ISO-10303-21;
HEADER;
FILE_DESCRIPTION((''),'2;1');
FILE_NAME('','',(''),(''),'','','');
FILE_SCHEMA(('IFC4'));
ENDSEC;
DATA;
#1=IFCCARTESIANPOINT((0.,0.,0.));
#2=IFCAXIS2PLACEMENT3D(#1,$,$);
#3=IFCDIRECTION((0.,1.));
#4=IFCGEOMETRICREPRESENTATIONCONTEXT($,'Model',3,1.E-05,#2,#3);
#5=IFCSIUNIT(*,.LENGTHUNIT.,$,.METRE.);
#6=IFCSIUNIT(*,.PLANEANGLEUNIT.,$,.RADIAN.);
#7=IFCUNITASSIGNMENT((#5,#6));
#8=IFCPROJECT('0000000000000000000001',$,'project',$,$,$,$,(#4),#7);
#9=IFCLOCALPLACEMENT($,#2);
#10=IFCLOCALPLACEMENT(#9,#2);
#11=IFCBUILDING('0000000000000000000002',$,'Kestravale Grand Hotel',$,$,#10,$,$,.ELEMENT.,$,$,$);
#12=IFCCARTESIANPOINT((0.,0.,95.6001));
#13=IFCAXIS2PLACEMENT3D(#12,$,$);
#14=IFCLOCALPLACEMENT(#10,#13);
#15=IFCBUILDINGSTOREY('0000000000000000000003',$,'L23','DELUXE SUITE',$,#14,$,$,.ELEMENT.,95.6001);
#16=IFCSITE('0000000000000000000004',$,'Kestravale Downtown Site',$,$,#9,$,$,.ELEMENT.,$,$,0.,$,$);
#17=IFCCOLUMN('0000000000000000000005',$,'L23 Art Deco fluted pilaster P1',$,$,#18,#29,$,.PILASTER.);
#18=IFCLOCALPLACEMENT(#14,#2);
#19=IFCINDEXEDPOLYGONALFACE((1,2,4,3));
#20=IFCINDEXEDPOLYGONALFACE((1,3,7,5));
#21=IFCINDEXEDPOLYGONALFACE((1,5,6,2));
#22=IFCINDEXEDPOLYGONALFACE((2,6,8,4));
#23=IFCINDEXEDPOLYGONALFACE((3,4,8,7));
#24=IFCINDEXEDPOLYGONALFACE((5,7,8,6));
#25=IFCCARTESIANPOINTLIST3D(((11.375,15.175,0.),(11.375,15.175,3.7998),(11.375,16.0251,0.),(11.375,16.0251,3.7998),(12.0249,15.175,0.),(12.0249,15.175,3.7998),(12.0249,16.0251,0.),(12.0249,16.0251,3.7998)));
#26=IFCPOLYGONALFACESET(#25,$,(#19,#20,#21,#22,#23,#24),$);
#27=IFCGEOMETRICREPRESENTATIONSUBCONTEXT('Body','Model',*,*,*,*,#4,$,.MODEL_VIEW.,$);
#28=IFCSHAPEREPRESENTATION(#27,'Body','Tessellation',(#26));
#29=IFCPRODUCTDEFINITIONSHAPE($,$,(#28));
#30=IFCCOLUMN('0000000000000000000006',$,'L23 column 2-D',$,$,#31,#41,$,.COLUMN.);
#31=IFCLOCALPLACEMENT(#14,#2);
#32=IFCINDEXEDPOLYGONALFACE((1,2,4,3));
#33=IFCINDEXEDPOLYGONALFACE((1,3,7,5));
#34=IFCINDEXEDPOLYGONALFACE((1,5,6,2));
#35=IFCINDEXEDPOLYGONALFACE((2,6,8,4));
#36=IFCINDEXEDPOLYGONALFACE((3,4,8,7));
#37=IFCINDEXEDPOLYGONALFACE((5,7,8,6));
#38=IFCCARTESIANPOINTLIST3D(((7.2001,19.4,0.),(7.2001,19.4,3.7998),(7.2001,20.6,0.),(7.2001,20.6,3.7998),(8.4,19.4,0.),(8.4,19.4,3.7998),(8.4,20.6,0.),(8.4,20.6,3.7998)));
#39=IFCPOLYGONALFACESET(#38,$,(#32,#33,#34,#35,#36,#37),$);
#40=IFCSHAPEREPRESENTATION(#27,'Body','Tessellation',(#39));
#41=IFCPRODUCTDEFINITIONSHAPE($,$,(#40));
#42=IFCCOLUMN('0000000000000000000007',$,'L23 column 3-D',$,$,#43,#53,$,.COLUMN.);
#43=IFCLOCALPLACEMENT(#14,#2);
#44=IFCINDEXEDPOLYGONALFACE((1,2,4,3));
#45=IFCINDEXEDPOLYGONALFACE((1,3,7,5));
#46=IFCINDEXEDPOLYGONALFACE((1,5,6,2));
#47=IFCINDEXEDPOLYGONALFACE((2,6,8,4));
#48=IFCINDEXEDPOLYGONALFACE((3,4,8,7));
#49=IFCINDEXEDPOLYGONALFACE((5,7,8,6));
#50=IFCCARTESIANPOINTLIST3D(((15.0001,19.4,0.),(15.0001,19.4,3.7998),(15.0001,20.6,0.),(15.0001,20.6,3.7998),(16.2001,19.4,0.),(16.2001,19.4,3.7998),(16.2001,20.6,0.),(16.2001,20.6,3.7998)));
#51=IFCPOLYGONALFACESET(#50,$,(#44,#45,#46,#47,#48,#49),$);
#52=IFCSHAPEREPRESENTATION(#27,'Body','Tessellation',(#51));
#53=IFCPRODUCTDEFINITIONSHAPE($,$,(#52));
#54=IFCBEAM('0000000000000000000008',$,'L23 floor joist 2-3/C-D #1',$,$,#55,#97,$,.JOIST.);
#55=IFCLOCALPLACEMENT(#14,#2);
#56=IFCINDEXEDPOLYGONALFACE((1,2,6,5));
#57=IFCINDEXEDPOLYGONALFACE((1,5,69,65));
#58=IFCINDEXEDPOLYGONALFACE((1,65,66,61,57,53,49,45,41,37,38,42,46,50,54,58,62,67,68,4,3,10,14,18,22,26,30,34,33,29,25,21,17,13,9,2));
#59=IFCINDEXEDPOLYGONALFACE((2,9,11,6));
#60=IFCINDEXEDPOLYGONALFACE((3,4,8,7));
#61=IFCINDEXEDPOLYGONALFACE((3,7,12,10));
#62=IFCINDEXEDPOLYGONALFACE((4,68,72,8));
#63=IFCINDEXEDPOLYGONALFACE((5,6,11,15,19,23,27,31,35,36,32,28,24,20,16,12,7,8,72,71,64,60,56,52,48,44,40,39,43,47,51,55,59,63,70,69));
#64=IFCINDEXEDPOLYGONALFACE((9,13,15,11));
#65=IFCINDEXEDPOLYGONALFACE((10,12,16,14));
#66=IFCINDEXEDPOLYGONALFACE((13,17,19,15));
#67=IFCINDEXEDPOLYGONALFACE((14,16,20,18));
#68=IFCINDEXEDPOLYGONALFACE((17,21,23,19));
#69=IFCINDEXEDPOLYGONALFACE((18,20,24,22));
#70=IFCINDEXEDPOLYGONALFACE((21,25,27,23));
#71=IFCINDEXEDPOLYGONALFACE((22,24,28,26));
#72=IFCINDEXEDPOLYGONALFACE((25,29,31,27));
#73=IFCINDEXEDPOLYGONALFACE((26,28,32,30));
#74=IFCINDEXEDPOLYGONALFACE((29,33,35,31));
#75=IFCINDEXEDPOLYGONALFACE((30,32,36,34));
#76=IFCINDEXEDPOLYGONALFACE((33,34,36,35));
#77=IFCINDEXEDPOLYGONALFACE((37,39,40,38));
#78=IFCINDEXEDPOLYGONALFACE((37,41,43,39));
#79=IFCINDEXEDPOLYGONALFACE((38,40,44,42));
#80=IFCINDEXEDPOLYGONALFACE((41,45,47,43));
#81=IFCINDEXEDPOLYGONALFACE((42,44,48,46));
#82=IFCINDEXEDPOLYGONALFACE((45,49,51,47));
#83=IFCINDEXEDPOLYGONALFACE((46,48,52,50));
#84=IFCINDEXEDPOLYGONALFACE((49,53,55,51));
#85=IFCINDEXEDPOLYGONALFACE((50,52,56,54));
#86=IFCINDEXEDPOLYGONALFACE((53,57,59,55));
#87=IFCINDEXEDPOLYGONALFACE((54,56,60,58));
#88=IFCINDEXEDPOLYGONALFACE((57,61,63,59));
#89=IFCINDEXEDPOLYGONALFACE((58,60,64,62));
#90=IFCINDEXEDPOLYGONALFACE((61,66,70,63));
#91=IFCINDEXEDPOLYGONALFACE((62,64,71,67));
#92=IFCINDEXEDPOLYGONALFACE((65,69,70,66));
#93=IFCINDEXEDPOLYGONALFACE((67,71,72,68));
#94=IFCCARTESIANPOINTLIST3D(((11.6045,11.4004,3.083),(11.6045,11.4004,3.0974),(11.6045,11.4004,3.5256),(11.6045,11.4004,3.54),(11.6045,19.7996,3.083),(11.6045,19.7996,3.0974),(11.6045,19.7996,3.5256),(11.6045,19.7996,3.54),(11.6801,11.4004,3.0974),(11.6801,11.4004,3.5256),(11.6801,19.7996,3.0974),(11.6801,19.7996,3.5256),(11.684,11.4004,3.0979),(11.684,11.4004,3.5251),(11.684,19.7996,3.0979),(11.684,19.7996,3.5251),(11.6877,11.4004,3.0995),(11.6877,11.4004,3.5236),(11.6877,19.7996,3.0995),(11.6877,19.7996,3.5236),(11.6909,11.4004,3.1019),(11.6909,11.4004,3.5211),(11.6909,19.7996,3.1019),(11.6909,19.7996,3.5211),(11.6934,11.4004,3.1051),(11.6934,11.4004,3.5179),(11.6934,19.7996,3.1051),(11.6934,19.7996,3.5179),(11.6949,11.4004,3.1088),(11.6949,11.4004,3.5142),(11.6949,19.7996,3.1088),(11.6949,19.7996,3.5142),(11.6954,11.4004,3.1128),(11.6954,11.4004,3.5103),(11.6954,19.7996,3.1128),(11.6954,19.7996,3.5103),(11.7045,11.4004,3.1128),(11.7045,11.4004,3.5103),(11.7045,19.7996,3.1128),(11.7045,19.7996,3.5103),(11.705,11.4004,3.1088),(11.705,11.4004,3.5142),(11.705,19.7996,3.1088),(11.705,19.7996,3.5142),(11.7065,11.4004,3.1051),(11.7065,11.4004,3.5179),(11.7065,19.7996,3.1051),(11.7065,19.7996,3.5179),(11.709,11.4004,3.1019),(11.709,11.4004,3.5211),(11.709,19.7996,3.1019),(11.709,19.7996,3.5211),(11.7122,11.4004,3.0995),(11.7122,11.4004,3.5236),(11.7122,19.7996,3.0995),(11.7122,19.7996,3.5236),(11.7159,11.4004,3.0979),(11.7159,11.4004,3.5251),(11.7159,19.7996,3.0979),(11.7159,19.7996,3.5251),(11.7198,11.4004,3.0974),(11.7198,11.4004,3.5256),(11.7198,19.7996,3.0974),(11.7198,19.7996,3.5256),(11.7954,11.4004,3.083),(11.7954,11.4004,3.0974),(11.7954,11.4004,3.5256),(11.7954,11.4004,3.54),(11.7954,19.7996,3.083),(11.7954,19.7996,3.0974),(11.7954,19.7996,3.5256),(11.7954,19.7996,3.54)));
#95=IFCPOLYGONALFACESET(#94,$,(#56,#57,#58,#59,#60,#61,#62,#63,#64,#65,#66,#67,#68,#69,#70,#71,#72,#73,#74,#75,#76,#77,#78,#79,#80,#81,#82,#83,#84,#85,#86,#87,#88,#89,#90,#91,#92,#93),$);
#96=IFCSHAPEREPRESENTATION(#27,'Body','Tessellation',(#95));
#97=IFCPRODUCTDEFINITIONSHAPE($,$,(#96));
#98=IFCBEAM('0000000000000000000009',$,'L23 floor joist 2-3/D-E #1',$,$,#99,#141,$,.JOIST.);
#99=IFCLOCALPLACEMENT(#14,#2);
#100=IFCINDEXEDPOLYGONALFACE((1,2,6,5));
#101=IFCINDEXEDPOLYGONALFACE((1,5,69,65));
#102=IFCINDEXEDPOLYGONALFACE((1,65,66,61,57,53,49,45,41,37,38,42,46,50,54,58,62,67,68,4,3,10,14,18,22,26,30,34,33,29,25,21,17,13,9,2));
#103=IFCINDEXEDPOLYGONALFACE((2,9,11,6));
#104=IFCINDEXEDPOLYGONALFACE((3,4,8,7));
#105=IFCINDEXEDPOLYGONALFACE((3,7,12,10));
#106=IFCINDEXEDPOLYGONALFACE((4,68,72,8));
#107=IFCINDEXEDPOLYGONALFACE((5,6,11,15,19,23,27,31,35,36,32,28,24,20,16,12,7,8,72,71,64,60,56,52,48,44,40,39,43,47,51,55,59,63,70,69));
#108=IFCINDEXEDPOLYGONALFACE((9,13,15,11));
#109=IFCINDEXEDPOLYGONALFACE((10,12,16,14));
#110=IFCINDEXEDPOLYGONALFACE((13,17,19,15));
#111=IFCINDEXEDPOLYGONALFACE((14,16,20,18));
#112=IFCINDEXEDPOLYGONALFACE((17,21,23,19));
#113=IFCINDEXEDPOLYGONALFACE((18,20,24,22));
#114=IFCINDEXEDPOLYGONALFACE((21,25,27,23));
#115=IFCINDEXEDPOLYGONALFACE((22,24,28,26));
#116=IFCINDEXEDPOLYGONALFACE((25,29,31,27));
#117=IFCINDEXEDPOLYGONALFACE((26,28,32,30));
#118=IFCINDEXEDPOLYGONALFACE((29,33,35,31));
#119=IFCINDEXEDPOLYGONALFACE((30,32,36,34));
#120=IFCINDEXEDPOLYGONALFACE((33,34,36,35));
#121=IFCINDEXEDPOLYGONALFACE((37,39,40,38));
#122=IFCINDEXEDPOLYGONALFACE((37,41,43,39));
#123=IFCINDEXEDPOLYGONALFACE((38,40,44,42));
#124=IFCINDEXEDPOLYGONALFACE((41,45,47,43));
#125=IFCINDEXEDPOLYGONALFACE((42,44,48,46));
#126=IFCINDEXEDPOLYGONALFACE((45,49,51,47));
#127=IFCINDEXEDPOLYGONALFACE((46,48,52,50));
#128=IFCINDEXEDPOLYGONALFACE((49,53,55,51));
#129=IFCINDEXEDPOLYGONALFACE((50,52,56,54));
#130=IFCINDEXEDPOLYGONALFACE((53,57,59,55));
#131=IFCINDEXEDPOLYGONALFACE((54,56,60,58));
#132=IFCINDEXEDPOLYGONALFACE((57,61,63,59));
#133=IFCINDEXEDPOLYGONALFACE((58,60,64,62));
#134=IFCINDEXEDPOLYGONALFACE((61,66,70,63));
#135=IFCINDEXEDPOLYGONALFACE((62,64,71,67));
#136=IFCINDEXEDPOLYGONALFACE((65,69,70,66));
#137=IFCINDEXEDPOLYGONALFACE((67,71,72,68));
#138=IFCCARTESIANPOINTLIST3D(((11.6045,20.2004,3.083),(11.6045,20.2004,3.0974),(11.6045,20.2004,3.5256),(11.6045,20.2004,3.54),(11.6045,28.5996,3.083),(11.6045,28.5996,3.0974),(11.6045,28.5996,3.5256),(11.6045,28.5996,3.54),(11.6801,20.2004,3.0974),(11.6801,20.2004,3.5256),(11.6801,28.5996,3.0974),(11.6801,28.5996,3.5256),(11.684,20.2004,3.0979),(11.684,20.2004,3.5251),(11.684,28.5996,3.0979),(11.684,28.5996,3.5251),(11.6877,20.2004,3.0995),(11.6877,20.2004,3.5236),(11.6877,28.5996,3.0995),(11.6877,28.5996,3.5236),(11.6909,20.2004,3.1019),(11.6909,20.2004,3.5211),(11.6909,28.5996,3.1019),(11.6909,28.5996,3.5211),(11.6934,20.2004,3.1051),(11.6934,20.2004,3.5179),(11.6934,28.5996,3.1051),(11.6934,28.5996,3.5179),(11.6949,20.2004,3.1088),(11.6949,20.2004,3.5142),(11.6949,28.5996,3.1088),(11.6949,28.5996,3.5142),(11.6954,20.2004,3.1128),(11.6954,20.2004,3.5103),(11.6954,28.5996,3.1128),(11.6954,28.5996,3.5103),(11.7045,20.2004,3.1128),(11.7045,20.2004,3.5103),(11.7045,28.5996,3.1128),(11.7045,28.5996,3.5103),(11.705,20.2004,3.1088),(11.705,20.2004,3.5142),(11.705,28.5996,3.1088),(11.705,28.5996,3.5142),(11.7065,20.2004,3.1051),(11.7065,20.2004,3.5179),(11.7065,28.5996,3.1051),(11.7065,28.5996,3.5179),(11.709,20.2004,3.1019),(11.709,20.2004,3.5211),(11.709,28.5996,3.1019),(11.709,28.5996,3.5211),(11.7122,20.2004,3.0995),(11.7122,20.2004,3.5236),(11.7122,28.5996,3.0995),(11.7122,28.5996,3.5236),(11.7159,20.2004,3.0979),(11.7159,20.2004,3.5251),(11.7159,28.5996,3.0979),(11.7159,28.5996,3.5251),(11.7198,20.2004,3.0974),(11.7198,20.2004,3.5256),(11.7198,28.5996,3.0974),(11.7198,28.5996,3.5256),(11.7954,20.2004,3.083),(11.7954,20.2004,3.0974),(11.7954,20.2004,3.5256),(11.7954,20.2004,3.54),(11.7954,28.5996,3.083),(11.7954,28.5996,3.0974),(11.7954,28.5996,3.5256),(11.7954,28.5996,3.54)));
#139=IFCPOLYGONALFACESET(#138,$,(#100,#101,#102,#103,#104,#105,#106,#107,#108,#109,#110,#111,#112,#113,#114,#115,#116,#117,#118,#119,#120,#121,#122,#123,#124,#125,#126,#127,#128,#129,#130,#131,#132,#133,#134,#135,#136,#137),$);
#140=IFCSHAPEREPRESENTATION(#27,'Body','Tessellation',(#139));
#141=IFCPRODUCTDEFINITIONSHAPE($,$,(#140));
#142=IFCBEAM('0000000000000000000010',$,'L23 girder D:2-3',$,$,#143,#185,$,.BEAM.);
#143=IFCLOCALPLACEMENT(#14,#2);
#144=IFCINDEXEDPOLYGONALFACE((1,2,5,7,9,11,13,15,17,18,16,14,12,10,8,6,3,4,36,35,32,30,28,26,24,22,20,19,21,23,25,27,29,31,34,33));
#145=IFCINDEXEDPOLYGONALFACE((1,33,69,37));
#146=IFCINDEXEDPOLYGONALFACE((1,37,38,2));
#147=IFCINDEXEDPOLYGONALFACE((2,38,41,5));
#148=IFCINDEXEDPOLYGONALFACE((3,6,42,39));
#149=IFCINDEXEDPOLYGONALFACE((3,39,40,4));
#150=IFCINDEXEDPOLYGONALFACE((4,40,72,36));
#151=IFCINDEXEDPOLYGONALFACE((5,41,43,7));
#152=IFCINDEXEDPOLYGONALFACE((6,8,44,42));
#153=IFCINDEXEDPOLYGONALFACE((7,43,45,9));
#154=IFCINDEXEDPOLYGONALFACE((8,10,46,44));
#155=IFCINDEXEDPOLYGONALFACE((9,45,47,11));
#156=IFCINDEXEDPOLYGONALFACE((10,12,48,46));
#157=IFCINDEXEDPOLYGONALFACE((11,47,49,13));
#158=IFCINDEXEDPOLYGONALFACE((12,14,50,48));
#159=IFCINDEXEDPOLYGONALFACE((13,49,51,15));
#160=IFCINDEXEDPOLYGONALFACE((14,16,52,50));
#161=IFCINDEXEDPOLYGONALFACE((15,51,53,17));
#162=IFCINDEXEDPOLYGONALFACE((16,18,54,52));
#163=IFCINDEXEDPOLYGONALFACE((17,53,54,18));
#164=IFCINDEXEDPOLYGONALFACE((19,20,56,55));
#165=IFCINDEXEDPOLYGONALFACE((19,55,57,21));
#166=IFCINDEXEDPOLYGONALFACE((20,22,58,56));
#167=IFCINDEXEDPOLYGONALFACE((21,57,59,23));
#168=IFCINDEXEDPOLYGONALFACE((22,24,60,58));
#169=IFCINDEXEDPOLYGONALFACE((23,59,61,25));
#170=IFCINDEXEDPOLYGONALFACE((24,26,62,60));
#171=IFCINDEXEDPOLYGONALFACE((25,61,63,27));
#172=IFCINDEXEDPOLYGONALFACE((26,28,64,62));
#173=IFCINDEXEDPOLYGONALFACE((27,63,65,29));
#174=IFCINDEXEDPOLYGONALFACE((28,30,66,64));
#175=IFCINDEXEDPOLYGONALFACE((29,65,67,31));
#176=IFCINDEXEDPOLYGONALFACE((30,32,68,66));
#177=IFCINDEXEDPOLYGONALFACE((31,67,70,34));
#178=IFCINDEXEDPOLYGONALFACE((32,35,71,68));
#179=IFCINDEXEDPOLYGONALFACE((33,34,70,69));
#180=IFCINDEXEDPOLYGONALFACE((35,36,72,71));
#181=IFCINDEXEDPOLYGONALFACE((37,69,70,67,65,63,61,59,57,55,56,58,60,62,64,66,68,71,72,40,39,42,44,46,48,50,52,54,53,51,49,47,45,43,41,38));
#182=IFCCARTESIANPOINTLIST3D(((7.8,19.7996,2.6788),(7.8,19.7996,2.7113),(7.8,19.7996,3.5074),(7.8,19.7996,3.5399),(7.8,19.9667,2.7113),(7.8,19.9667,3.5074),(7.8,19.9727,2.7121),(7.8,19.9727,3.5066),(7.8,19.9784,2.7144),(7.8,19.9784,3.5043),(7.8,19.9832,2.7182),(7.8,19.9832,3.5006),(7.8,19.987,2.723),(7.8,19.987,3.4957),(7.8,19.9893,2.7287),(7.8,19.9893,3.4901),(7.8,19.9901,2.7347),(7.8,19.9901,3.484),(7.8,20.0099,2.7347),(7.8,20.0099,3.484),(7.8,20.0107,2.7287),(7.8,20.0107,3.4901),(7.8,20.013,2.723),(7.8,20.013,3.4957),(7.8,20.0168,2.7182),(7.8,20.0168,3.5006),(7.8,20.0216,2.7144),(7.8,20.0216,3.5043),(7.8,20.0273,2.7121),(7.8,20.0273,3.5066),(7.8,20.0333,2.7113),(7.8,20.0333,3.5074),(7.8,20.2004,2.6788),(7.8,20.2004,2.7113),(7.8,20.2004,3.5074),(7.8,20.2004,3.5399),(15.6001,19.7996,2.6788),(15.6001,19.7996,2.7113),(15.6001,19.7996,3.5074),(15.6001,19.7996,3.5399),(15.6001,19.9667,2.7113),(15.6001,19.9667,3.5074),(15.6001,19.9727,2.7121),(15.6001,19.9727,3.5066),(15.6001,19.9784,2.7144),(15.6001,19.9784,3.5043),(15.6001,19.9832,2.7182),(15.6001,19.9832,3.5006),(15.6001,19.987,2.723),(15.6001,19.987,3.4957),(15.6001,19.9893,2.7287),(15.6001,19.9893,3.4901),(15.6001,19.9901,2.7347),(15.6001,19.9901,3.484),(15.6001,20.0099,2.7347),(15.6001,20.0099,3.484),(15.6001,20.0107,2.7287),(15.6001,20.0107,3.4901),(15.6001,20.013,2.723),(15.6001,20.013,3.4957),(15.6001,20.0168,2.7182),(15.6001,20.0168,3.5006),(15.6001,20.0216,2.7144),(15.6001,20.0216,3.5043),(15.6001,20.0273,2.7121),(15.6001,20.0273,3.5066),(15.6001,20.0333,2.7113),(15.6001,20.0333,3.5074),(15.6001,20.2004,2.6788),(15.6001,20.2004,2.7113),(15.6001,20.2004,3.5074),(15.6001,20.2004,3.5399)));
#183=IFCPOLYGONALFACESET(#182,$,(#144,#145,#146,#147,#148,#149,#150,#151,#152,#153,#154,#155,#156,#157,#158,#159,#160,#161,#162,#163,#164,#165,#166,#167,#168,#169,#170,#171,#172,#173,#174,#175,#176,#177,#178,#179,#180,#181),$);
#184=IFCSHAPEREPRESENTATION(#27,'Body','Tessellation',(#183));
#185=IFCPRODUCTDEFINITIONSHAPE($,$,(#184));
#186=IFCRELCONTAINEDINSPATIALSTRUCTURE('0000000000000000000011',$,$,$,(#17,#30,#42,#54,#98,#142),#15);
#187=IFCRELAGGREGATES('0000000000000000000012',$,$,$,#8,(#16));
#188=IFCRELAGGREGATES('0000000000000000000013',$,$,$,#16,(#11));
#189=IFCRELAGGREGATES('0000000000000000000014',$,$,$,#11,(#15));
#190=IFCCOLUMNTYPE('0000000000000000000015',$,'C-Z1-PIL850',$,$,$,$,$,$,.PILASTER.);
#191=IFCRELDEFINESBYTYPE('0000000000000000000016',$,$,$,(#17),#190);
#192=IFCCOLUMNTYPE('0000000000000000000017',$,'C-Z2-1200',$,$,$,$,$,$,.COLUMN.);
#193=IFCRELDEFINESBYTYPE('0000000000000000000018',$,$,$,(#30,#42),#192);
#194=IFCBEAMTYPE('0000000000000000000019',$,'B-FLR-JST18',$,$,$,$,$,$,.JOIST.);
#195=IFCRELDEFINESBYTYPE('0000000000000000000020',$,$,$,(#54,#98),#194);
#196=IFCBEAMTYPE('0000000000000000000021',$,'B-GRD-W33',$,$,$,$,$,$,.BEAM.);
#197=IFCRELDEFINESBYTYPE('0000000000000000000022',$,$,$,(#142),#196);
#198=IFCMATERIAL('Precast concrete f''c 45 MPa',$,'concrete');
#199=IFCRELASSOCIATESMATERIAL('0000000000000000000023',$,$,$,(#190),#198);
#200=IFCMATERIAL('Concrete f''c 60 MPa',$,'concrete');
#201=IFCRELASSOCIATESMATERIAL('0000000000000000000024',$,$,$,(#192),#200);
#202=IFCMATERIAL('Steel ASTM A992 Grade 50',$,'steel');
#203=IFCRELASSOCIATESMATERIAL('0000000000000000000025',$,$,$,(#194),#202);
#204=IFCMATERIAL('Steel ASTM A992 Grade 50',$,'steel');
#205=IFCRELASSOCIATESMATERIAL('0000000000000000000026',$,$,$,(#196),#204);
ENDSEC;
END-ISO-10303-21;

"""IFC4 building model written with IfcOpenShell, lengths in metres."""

from ifc_helpers import new_model, si_unit, direction, frame, origin, origin_2d, place, context, subcontext, project, spatial, rectangle, i_section, extrude, material, material_profile, profile_set, type_object, element, save


model = new_model("IFC4")

# Units and contexts
model_context = context("Model", 3, precision=1e-05, world=origin(), true_north=direction((0.0, 1.0)))
body_context = subcontext(model_context, "Body", "Model", "MODEL_VIEW")
ifc_project = project(units=[si_unit("LENGTHUNIT", "METRE"), si_unit("PLANEANGLEUNIT", "RADIAN")], contexts=[model_context])

# Site, building, storey
site_placement = place(None, origin())
site = spatial("IfcSite", under=ifc_project, at=site_placement, Name="Kestravale Downtown Site", CompositionType="ELEMENT", RefElevation=0.0)
building_placement = place(site_placement, origin())
building = spatial("IfcBuilding", under=site, at=building_placement, Name="Kestravale Grand Hotel", CompositionType="ELEMENT")
storey_placement = place(building_placement, frame((0.0, 0.0, 95.6001)))
storey = spatial("IfcBuildingStorey", under=building, at=storey_placement, Name="L23", Description="DELUXE SUITE", CompositionType="ELEMENT", Elevation=95.6001)

# Columns
ifc_material_1 = material(Name="Precast concrete f'c 45 MPa", Category="concrete")
ifc_material_profile_1 = material_profile(ifc_material_1, rectangle(XDim=0.6499, YDim=0.8501, at=origin_2d()))
ifc_profile_set_1 = profile_set([ifc_material_profile_1], Name="Precast concrete f'c 45 MPa")
column_type_1 = type_object("IfcColumnType", Name="C-Z1-PIL850", PredefinedType="PILASTER", material=ifc_profile_set_1)
column_placement = place(storey_placement, frame((11.7, 15.6001, 0.0), z_axis=(0.0, 0.0, 1.0), x_axis=(1.0, 0.0, 0.0)))
element("IfcColumn", 1, at=column_placement, inside=storey, type_object=column_type_1, Name="L23 Art Deco fluted pilaster P1", PredefinedType="PILASTER", context=body_context, shape_type="SweptSolid", body=[
    extrude(rectangle(XDim=0.6499, YDim=0.8501, at=origin_2d()), origin(), (0.0, 0.0, 1.0), 3.7998),
])
ifc_material_2 = material(Name="Concrete f'c 60 MPa", Category="concrete")
ifc_material_profile_2 = material_profile(ifc_material_2, rectangle(XDim=1.2, YDim=1.2, at=origin_2d()))
ifc_profile_set_2 = profile_set([ifc_material_profile_2], Name="Concrete f'c 60 MPa")
column_type_2 = type_object("IfcColumnType", Name="C-Z2-1200", PredefinedType="COLUMN", material=ifc_profile_set_2)
for number, where, z_axis, x_axis, name in (
    (2, (7.8, 20.0, 0.0), (0.0, 0.0, 1.0), (1.0, 0.0, 0.0), "L23 column 2-D"),
    (3, (15.6001, 20.0, 0.0), (0.0, 0.0, 1.0), (1.0, 0.0, 0.0), "L23 column 3-D"),
):
    element("IfcColumn", number, at=place(storey_placement, frame(where, z_axis=z_axis, x_axis=x_axis)), inside=storey, type_object=column_type_2, Name=name, PredefinedType="COLUMN", context=body_context, shape_type="SweptSolid", body=[
        extrude(rectangle(XDim=1.2, YDim=1.2, at=origin_2d()), origin(), (0.0, 0.0, 1.0), 3.7998),
    ])

# Beams
ifc_material_3 = material(Name="Steel ASTM A992 Grade 50", Category="steel")
ifc_material_profile_3 = material_profile(ifc_material_3, i_section(OverallWidth=0.1909, OverallDepth=0.457, WebThickness=0.009, FlangeThickness=0.0144, FilletRadius=0.0154, at=origin_2d()))
ifc_profile_set_3 = profile_set([ifc_material_profile_3], Name="Steel ASTM A992 Grade 50")
beam_type_1 = type_object("IfcBeamType", Name="B-FLR-JST18", PredefinedType="JOIST", material=ifc_profile_set_3)
for number, where, z_axis, x_axis, name in (
    (4, (11.7, 11.4004, 3.3115), (0.0, 1.0, 0.0), (-1.0, 0.0, 0.0), "L23 floor joist 2-3/C-D #1"),
    (5, (11.7, 20.2004, 3.3115), (0.0, 1.0, 0.0), (-1.0, 0.0, 0.0), "L23 floor joist 2-3/D-E #1"),
):
    element("IfcBeam", number, at=place(storey_placement, frame(where, z_axis=z_axis, x_axis=x_axis)), inside=storey, type_object=beam_type_1, Name=name, PredefinedType="JOIST", context=body_context, shape_type="SweptSolid", body=[
        extrude(i_section(OverallWidth=0.1909, OverallDepth=0.457, WebThickness=0.009, FlangeThickness=0.0144, FilletRadius=0.0154, at=origin_2d()), origin(), (0.0, 0.0, 1.0), 8.3992),
    ])
ifc_material_4 = material(Name="Steel ASTM A992 Grade 50", Category="steel")
ifc_material_profile_4 = material_profile(ifc_material_4, i_section(OverallWidth=0.4009, OverallDepth=0.8611, WebThickness=0.0198, FlangeThickness=0.0325, FilletRadius=0.0234, at=origin_2d()))
ifc_profile_set_4 = profile_set([ifc_material_profile_4], Name="Steel ASTM A992 Grade 50")
beam_type_2 = type_object("IfcBeamType", Name="B-GRD-W33", PredefinedType="BEAM", material=ifc_profile_set_4)
beam_1_placement = place(storey_placement, frame((7.8, 20.0, 3.1094), z_axis=(1.0, 0.0, 0.0), x_axis=(0.0, 1.0, 0.0)))
element("IfcBeam", 6, at=beam_1_placement, inside=storey, type_object=beam_type_2, Name="L23 girder D:2-3", PredefinedType="BEAM", context=body_context, shape_type="SweptSolid", body=[
    extrude(i_section(OverallWidth=0.4009, OverallDepth=0.8611, WebThickness=0.0198, FlangeThickness=0.0325, FilletRadius=0.0234, at=origin_2d()), origin(), (0.0, 0.0, 1.0), 7.8),
])

save(model, "model.ifc")
